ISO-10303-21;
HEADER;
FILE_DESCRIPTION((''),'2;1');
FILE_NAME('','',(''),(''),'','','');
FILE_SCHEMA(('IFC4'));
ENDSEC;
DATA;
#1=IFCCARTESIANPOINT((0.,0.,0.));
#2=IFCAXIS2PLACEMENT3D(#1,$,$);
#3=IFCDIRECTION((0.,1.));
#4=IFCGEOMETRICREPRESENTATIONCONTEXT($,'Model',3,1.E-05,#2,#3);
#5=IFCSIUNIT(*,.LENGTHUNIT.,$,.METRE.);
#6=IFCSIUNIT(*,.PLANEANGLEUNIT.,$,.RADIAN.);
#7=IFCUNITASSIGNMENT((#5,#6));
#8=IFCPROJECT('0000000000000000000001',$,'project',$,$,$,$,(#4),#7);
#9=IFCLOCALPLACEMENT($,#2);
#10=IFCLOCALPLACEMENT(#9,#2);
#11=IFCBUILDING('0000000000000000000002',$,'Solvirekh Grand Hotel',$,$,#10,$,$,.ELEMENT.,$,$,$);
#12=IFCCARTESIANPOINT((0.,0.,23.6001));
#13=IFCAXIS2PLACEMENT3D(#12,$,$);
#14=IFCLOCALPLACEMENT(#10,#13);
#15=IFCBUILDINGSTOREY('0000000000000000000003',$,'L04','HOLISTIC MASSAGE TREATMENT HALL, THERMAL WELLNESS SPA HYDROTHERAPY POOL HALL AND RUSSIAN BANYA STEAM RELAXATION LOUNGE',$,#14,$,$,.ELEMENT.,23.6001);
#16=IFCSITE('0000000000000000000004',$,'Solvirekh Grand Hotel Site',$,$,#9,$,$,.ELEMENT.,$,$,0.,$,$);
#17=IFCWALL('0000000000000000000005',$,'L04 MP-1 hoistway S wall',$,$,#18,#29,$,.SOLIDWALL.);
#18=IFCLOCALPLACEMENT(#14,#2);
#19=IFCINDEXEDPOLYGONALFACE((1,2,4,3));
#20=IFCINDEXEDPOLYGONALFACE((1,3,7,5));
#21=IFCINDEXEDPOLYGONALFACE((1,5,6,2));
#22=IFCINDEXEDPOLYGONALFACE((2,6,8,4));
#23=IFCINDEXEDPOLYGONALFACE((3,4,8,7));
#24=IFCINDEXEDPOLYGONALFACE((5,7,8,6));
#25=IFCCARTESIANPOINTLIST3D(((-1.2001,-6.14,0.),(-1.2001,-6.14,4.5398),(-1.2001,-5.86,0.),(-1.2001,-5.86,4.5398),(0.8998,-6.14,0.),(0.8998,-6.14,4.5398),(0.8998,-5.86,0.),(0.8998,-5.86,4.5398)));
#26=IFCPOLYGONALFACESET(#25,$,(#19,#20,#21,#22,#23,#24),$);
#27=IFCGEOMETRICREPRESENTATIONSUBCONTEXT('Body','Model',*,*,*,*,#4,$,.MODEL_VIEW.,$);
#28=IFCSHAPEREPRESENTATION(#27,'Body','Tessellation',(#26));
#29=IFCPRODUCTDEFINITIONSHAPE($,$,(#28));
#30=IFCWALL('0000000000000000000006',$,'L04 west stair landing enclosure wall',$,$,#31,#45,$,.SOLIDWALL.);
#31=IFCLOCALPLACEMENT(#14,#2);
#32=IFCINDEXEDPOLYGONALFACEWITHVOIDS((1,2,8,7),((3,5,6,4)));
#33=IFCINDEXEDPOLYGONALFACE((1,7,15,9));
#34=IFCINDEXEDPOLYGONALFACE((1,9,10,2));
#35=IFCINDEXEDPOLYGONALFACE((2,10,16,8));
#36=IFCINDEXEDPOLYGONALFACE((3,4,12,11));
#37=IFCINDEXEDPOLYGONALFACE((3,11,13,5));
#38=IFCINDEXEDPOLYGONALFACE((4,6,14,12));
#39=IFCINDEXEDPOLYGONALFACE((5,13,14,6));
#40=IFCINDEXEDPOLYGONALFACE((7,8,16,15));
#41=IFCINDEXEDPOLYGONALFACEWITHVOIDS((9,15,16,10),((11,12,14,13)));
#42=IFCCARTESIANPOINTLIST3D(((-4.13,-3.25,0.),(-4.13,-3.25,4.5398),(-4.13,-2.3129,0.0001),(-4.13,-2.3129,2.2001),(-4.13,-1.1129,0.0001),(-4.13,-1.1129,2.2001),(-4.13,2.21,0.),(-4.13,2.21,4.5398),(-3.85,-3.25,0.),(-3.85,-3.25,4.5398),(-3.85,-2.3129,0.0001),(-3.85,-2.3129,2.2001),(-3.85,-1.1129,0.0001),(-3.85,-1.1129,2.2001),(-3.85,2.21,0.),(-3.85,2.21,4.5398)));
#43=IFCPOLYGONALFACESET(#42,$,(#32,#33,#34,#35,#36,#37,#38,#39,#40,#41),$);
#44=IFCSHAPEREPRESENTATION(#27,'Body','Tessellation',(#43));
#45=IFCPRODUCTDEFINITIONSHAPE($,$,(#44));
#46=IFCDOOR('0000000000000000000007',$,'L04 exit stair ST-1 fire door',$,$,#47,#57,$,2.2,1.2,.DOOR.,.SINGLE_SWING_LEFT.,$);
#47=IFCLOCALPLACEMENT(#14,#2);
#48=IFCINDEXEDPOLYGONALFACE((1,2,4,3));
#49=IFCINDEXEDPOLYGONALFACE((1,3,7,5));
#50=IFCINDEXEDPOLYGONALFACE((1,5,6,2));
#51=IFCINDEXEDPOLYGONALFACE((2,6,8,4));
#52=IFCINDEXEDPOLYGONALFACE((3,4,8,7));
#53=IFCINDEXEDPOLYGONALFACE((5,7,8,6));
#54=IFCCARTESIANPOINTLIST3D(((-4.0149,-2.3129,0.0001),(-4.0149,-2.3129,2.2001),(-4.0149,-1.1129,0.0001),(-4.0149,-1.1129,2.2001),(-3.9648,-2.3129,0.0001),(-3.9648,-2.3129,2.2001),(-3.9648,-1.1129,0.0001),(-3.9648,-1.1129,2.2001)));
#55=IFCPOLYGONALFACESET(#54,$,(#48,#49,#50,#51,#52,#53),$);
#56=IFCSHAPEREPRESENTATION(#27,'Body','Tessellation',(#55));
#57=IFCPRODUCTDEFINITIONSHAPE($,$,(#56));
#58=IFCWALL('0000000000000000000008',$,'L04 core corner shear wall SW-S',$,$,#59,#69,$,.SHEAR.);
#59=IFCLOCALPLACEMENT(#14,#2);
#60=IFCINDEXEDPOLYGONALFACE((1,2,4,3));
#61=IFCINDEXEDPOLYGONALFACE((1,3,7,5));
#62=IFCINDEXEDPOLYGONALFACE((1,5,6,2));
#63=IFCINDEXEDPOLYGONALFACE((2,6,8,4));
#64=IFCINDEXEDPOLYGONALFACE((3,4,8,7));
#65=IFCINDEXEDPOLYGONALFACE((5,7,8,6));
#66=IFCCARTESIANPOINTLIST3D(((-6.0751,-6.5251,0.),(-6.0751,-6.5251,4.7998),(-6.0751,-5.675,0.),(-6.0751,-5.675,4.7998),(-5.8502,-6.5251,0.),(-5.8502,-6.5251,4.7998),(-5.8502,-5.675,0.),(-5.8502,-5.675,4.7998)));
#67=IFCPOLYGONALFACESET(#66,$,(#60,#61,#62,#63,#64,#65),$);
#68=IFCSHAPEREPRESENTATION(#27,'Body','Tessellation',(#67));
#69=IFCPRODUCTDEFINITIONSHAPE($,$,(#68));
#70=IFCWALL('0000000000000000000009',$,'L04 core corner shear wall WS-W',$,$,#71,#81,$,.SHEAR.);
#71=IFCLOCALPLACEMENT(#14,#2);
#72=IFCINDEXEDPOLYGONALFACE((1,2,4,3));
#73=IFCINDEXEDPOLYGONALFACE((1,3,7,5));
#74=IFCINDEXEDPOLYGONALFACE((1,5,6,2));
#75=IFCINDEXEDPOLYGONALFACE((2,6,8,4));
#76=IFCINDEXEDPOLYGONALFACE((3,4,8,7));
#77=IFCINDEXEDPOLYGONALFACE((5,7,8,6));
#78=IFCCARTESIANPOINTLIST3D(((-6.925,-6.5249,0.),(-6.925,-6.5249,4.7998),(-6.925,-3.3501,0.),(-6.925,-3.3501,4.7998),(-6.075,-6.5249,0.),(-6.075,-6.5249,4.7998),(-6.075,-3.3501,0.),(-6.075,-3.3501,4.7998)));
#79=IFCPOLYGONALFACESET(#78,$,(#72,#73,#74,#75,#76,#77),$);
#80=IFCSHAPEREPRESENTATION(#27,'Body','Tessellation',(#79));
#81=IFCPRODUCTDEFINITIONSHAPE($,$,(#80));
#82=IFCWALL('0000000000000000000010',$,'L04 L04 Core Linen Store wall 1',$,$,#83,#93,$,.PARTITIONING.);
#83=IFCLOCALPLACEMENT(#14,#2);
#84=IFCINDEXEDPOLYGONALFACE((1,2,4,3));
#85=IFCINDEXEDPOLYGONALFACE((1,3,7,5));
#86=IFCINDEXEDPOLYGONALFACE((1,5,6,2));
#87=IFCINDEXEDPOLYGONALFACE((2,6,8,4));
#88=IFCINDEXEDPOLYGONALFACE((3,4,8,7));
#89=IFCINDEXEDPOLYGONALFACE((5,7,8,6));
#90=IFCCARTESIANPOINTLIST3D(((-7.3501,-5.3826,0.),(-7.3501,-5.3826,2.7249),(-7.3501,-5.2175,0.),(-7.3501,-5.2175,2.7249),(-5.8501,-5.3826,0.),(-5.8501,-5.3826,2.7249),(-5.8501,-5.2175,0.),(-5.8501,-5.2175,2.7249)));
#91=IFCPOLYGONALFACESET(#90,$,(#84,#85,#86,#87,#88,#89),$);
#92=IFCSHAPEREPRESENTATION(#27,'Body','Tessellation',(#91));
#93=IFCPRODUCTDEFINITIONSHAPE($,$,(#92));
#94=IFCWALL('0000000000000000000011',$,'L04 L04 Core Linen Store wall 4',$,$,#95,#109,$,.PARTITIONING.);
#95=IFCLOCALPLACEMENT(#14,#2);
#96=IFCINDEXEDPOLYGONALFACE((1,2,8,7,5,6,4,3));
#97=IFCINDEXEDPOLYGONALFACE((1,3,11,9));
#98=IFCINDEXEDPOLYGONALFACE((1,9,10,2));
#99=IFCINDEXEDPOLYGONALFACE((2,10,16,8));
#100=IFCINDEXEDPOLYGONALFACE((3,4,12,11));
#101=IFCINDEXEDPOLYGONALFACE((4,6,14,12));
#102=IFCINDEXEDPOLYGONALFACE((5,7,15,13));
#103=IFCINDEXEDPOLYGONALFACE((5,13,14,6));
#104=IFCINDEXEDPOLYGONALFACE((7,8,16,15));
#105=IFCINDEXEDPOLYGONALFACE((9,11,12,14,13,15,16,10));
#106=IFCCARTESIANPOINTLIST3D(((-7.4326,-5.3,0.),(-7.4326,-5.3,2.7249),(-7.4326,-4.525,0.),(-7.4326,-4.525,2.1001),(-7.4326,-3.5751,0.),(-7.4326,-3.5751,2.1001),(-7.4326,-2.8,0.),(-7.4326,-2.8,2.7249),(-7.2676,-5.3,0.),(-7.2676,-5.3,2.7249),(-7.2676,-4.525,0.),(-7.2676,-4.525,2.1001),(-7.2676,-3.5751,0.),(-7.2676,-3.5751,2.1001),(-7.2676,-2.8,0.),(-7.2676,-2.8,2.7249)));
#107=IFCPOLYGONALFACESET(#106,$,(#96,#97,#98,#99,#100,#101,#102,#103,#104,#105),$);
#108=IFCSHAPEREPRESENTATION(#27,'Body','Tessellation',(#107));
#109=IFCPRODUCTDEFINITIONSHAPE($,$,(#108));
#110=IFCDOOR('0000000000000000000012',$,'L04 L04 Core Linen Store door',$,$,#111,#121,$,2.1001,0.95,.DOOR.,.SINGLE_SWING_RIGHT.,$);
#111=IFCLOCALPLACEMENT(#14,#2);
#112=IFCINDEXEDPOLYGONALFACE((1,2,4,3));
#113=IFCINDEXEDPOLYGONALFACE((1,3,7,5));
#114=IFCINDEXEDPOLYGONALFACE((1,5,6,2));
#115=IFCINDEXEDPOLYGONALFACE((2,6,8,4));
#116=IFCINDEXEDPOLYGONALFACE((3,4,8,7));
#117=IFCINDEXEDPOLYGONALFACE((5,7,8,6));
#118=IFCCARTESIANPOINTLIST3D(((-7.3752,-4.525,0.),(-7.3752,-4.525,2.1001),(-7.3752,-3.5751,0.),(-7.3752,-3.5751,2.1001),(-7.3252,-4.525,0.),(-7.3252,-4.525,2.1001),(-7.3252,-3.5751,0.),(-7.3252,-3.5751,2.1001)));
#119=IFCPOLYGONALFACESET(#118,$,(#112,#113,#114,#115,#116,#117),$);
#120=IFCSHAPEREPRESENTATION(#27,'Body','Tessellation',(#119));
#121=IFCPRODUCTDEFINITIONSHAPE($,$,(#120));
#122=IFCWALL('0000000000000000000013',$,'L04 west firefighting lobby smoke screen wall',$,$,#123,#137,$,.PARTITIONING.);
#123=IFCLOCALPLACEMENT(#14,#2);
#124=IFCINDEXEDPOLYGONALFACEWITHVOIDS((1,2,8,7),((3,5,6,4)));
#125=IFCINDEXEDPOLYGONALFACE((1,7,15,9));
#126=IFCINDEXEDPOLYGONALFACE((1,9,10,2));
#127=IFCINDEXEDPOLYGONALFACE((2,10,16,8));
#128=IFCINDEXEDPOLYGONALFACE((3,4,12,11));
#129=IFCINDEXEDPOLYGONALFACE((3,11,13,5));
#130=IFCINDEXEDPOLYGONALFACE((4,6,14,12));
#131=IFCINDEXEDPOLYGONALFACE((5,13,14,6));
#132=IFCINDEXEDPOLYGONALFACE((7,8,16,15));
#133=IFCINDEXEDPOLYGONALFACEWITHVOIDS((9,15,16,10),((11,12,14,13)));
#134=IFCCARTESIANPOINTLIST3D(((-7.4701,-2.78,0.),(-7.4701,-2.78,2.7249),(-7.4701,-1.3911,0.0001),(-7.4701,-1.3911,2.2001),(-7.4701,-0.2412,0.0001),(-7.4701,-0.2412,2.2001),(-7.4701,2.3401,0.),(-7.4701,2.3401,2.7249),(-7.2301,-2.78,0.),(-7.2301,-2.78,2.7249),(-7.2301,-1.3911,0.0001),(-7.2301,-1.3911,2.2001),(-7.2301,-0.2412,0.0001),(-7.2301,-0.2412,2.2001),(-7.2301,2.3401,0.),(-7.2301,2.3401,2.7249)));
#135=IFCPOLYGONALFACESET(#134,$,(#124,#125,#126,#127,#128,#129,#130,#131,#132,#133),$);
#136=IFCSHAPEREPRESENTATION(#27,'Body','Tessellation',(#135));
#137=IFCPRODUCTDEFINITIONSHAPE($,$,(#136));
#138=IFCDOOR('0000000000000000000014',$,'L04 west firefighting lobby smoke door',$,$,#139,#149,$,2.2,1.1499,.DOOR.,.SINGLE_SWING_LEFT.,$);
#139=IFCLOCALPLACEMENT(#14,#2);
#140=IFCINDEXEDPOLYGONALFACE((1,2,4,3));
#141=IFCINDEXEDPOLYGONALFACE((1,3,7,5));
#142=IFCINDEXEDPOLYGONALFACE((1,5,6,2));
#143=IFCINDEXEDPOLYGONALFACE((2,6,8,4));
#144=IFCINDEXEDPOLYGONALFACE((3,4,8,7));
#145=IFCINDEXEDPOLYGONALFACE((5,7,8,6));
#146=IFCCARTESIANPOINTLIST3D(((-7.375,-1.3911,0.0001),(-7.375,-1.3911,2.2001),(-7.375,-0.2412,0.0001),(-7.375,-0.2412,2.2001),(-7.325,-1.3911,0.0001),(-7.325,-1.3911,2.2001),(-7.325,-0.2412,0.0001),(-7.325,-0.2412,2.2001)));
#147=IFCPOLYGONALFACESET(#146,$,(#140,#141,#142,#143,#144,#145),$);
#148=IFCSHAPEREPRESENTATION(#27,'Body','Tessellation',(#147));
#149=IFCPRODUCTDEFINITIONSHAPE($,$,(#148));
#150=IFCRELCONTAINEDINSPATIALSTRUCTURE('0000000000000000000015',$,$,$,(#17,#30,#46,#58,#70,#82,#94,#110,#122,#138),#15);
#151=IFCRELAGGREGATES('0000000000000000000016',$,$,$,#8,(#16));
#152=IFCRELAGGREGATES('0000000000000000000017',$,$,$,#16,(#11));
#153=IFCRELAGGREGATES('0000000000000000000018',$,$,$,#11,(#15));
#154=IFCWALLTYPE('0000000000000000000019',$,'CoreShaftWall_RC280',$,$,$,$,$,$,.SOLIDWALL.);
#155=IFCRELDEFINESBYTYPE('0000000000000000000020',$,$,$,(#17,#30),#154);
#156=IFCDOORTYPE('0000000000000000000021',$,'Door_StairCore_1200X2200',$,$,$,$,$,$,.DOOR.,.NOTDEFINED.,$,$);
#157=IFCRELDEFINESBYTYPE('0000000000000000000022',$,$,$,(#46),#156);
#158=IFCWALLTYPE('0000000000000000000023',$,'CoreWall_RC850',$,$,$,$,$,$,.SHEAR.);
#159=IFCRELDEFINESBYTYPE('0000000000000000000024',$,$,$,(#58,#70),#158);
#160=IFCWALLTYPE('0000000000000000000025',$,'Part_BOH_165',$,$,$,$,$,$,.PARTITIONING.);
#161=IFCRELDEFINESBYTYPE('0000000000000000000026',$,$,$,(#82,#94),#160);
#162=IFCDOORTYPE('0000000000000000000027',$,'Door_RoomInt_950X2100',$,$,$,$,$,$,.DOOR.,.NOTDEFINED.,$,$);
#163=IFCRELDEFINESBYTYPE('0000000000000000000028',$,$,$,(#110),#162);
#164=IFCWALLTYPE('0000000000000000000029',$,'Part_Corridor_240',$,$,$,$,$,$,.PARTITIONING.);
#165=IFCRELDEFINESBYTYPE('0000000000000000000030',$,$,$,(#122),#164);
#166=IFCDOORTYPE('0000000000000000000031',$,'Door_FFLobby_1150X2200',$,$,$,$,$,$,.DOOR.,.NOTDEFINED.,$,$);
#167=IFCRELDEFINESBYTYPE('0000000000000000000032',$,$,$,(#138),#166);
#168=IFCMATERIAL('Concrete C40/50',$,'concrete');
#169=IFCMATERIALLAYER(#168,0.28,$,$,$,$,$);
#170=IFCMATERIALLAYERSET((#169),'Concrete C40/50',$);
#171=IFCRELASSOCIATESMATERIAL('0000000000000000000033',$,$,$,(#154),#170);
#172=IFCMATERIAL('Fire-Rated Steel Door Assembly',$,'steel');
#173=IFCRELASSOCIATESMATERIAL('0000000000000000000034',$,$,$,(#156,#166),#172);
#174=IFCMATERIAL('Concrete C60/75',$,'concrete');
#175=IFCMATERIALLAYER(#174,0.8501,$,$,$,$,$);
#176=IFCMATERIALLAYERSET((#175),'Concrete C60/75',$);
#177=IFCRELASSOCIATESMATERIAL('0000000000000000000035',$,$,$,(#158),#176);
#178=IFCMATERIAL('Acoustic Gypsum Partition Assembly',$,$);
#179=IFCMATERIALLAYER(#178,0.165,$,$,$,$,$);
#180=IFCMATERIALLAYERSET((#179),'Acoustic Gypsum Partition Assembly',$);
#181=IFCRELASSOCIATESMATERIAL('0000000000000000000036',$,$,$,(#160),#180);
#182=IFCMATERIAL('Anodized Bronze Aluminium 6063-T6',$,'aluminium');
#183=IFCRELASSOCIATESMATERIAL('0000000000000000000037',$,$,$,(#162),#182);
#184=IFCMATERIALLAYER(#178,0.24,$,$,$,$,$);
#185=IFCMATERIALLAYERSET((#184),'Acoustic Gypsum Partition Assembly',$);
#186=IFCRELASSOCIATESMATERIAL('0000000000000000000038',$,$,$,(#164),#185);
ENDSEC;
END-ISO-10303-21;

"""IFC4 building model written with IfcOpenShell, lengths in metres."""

from ifc_helpers import new_model, si_unit, direction, frame, frame_2d, origin, place, context, subcontext, project, spatial, rectangle, extrude, material, layer, layer_set, type_object, element, fill, save


model = new_model("IFC4")

# Units and contexts
model_context = context("Model", 3, precision=1e-05, world=origin(), true_north=direction((0.0, 1.0)))
body_context = subcontext(model_context, "Body", "Model", "MODEL_VIEW")
ifc_project = project(units=[si_unit("LENGTHUNIT", "METRE"), si_unit("PLANEANGLEUNIT", "RADIAN")], contexts=[model_context])

# Site, building, storey
site_placement = place(None, origin())
site = spatial("IfcSite", under=ifc_project, at=site_placement, Name="Solvirekh Grand Hotel Site", CompositionType="ELEMENT", RefElevation=0.0)
building_placement = place(site_placement, origin())
building = spatial("IfcBuilding", under=site, at=building_placement, Name="Solvirekh Grand Hotel", CompositionType="ELEMENT")
storey_placement = place(building_placement, frame((0.0, 0.0, 23.6001)))
storey = spatial("IfcBuildingStorey", under=building, at=storey_placement, Name="L04", Description="HOLISTIC MASSAGE TREATMENT HALL, THERMAL WELLNESS SPA HYDROTHERAPY POOL HALL AND RUSSIAN BANYA STEAM RELAXATION LOUNGE", CompositionType="ELEMENT", Elevation=23.6001)

# Shared definitions
ifc_material_1 = material(Name="Concrete C60/75", Category="concrete")

# Shared definitions
ifc_material_2 = material(Name="Concrete C40/50", Category="concrete")
ifc_layer_1 = layer(ifc_material_2, 0.28)
ifc_layer_set_1 = layer_set([ifc_layer_1], Name="Concrete C40/50")
wall_type_1 = type_object("IfcWallType", Name="CoreShaftWall_RC280", PredefinedType="SOLIDWALL", material=ifc_layer_set_1)
ifc_material_3 = material(Name="Fire-Rated Steel Door Assembly", Category="steel")

# Wall
wall_1_placement = place(storey_placement, frame((-1.2, -6.0, 0.0), z_axis=(0.0, 0.0, 1.0), x_axis=(1.0, 0.0, 0.0)))
element("IfcWall", 1, at=wall_1_placement, inside=storey, type_object=wall_type_1, Name="L04 MP-1 hoistway S wall", PredefinedType="SOLIDWALL", context=body_context, shape_type="SweptSolid", body=[
    extrude(rectangle(XDim=2.0999, YDim=0.28, at=frame_2d((1.0498, 0.0))), origin(), (0.0, 0.0, 1.0), 4.5398),
])

# Wall, opening, door
wall_2_placement = place(storey_placement, frame((-3.99, -3.25, 0.0), z_axis=(0.0, 0.0, 1.0), x_axis=(0.0, 1.0, 0.0)))
wall_2 = element("IfcWall", 2, at=wall_2_placement, inside=storey, type_object=wall_type_1, Name="L04 west stair landing enclosure wall", PredefinedType="SOLIDWALL", context=body_context, shape_type="SweptSolid", body=[
    extrude(rectangle(XDim=5.46, YDim=0.28, at=frame_2d((2.73, 0.0))), origin(), (0.0, 0.0, 1.0), 4.5398),
])
opening_1_placement = place(wall_2_placement, frame((0.937, 0.0, 0.0)))
opening_1 = element("IfcOpeningElement", 3, at=opening_1_placement, cuts=wall_2, PredefinedType="OPENING", context=body_context, shape_type="SweptSolid", body=[
    extrude(rectangle(XDim=1.2, YDim=2.2, at=frame_2d((0.6001, 1.1001))), frame((0.0, 0.1499, 0.0), z_axis=(0.0, -1.0, 0.0), x_axis=(1.0, 0.0, 0.0)), (0.0, 0.0, 1.0), 0.3),
])
door_type_1 = type_object("IfcDoorType", Name="Door_StairCore_1200X2200", OperationType="NOTDEFINED", PredefinedType="DOOR", material=ifc_material_3)
door_1_placement = place(opening_1_placement, origin())
door_1 = element("IfcDoor", 4, at=door_1_placement, inside=storey, type_object=door_type_1, Name="L04 exit stair ST-1 fire door", OperationType="SINGLE_SWING_LEFT", OverallHeight=2.2, OverallWidth=1.2, PredefinedType="DOOR", context=body_context, shape_type="SweptSolid", body=[
    extrude(rectangle(XDim=1.2, YDim=2.2, at=frame_2d((0.6001, 1.1001))), frame((0.0, 0.0249, 0.0), z_axis=(0.0, -1.0, 0.0), x_axis=(1.0, 0.0, 0.0)), (0.0, 0.0, 1.0), 0.05),
])
fill(opening_1, door_1)

# Walls
ifc_layer_2 = layer(ifc_material_1, 0.8501)
ifc_layer_set_2 = layer_set([ifc_layer_2], Name="Concrete C60/75")
wall_type_2 = type_object("IfcWallType", Name="CoreWall_RC850", PredefinedType="SHEAR", material=ifc_layer_set_2)
wall_3_placement = place(storey_placement, frame((-6.075, -6.1001, 0.0), z_axis=(0.0, 0.0, 1.0), x_axis=(1.0, 0.0, 0.0)))
element("IfcWall", 5, at=wall_3_placement, inside=storey, type_object=wall_type_2, Name="L04 core corner shear wall SW-S", PredefinedType="SHEAR", context=body_context, shape_type="SweptSolid", body=[
    extrude(rectangle(XDim=0.2249, YDim=0.8501, at=frame_2d((0.1123, 0.0))), origin(), (0.0, 0.0, 1.0), 4.7998),
])
wall_4_placement = place(storey_placement, frame((-6.5, -6.5249, 0.0), z_axis=(0.0, 0.0, 1.0), x_axis=(0.0, 1.0, 0.0)))
element("IfcWall", 6, at=wall_4_placement, inside=storey, type_object=wall_type_2, Name="L04 core corner shear wall WS-W", PredefinedType="SHEAR", context=body_context, shape_type="SweptSolid", body=[
    extrude(rectangle(XDim=3.1748, YDim=0.8501, at=frame_2d((1.5874, 0.0))), origin(), (0.0, 0.0, 1.0), 4.7998),
])
ifc_material_4 = material(Name="Acoustic Gypsum Partition Assembly")
ifc_layer_3 = layer(ifc_material_4, 0.165)
ifc_layer_set_3 = layer_set([ifc_layer_3], Name="Acoustic Gypsum Partition Assembly")
wall_type_3 = type_object("IfcWallType", Name="Part_BOH_165", PredefinedType="PARTITIONING", material=ifc_layer_set_3)
wall_5_placement = place(storey_placement, frame((-7.3501, -5.3, 0.0), z_axis=(0.0, 0.0, 1.0), x_axis=(1.0, 0.0, 0.0)))
element("IfcWall", 7, at=wall_5_placement, inside=storey, type_object=wall_type_3, Name="L04 L04 Core Linen Store wall 1", PredefinedType="PARTITIONING", context=body_context, shape_type="SweptSolid", body=[
    extrude(rectangle(XDim=1.5, YDim=0.165, at=frame_2d((0.75, 0.0))), origin(), (0.0, 0.0, 1.0), 2.7249),
])

# Walls, openings, doors
wall_6_placement = place(storey_placement, frame((-7.3501, -2.8, 0.0), z_axis=(0.0, 0.0, 1.0), x_axis=(0.0, -1.0, 0.0)))
wall_6 = element("IfcWall", 8, at=wall_6_placement, inside=storey, type_object=wall_type_3, Name="L04 L04 Core Linen Store wall 4", PredefinedType="PARTITIONING", context=body_context, shape_type="SweptSolid", body=[
    extrude(rectangle(XDim=2.5, YDim=0.165, at=frame_2d((1.25, 0.0))), origin(), (0.0, 0.0, 1.0), 2.7249),
])
opening_2_placement = place(wall_6_placement, frame((0.7749, 0.0, 0.0)))
opening_2 = element("IfcOpeningElement", 9, at=opening_2_placement, cuts=wall_6, PredefinedType="OPENING", context=body_context, shape_type="SweptSolid", body=[
    extrude(rectangle(XDim=0.95, YDim=2.1001, at=frame_2d((0.4751, 1.05))), frame((0.0, 0.0925, 0.0), z_axis=(0.0, -1.0, 0.0), x_axis=(1.0, 0.0, 0.0)), (0.0, 0.0, 1.0), 0.1851),
])
ifc_material_5 = material(Name="Anodized Bronze Aluminium 6063-T6", Category="aluminium")
door_type_2 = type_object("IfcDoorType", Name="Door_RoomInt_950X2100", OperationType="NOTDEFINED", PredefinedType="DOOR", material=ifc_material_5)
door_2_placement = place(opening_2_placement, origin())
door_2 = element("IfcDoor", 10, at=door_2_placement, inside=storey, type_object=door_type_2, Name="L04 L04 Core Linen Store door", OperationType="SINGLE_SWING_RIGHT", OverallHeight=2.1001, OverallWidth=0.95, PredefinedType="DOOR", context=body_context, shape_type="SweptSolid", body=[
    extrude(rectangle(XDim=0.95, YDim=2.1001, at=frame_2d((0.4751, 1.05))), frame((0.0, 0.0249, 0.0), z_axis=(0.0, -1.0, 0.0), x_axis=(1.0, 0.0, 0.0)), (0.0, 0.0, 1.0), 0.05),
])
fill(opening_2, door_2)
ifc_layer_4 = layer(ifc_material_4, 0.24)
ifc_layer_set_4 = layer_set([ifc_layer_4], Name="Acoustic Gypsum Partition Assembly")
wall_type_4 = type_object("IfcWallType", Name="Part_Corridor_240", PredefinedType="PARTITIONING", material=ifc_layer_set_4)
wall_7_placement = place(storey_placement, frame((-7.3501, -2.78, 0.0), z_axis=(0.0, 0.0, 1.0), x_axis=(0.0, 1.0, 0.0)))
wall_7 = element("IfcWall", 11, at=wall_7_placement, inside=storey, type_object=wall_type_4, Name="L04 west firefighting lobby smoke screen wall", PredefinedType="PARTITIONING", context=body_context, shape_type="SweptSolid", body=[
    extrude(rectangle(XDim=5.1201, YDim=0.24, at=frame_2d((2.5601, 0.0))), origin(), (0.0, 0.0, 1.0), 2.7249),
])
opening_3_placement = place(wall_7_placement, frame((1.3889, 0.0, 0.0)))
opening_3 = element("IfcOpeningElement", 12, at=opening_3_placement, cuts=wall_7, PredefinedType="OPENING", context=body_context, shape_type="SweptSolid", body=[
    extrude(rectangle(XDim=1.1499, YDim=2.2, at=frame_2d((0.575, 1.1001))), frame((0.0, 0.1299, 0.0), z_axis=(0.0, -1.0, 0.0), x_axis=(1.0, 0.0, 0.0)), (0.0, 0.0, 1.0), 0.26),
])
door_type_3 = type_object("IfcDoorType", Name="Door_FFLobby_1150X2200", OperationType="NOTDEFINED", PredefinedType="DOOR", material=ifc_material_3)
door_3_placement = place(opening_3_placement, origin())
door_3 = element("IfcDoor", 13, at=door_3_placement, inside=storey, type_object=door_type_3, Name="L04 west firefighting lobby smoke door", OperationType="SINGLE_SWING_LEFT", OverallHeight=2.2, OverallWidth=1.1499, PredefinedType="DOOR", context=body_context, shape_type="SweptSolid", body=[
    extrude(rectangle(XDim=1.1499, YDim=2.2, at=frame_2d((0.575, 1.1001))), frame((0.0, 0.0249, 0.0), z_axis=(0.0, -1.0, 0.0), x_axis=(1.0, 0.0, 0.0)), (0.0, 0.0, 1.0), 0.05),
])
fill(opening_3, door_3)

save(model, "model.ifc")
